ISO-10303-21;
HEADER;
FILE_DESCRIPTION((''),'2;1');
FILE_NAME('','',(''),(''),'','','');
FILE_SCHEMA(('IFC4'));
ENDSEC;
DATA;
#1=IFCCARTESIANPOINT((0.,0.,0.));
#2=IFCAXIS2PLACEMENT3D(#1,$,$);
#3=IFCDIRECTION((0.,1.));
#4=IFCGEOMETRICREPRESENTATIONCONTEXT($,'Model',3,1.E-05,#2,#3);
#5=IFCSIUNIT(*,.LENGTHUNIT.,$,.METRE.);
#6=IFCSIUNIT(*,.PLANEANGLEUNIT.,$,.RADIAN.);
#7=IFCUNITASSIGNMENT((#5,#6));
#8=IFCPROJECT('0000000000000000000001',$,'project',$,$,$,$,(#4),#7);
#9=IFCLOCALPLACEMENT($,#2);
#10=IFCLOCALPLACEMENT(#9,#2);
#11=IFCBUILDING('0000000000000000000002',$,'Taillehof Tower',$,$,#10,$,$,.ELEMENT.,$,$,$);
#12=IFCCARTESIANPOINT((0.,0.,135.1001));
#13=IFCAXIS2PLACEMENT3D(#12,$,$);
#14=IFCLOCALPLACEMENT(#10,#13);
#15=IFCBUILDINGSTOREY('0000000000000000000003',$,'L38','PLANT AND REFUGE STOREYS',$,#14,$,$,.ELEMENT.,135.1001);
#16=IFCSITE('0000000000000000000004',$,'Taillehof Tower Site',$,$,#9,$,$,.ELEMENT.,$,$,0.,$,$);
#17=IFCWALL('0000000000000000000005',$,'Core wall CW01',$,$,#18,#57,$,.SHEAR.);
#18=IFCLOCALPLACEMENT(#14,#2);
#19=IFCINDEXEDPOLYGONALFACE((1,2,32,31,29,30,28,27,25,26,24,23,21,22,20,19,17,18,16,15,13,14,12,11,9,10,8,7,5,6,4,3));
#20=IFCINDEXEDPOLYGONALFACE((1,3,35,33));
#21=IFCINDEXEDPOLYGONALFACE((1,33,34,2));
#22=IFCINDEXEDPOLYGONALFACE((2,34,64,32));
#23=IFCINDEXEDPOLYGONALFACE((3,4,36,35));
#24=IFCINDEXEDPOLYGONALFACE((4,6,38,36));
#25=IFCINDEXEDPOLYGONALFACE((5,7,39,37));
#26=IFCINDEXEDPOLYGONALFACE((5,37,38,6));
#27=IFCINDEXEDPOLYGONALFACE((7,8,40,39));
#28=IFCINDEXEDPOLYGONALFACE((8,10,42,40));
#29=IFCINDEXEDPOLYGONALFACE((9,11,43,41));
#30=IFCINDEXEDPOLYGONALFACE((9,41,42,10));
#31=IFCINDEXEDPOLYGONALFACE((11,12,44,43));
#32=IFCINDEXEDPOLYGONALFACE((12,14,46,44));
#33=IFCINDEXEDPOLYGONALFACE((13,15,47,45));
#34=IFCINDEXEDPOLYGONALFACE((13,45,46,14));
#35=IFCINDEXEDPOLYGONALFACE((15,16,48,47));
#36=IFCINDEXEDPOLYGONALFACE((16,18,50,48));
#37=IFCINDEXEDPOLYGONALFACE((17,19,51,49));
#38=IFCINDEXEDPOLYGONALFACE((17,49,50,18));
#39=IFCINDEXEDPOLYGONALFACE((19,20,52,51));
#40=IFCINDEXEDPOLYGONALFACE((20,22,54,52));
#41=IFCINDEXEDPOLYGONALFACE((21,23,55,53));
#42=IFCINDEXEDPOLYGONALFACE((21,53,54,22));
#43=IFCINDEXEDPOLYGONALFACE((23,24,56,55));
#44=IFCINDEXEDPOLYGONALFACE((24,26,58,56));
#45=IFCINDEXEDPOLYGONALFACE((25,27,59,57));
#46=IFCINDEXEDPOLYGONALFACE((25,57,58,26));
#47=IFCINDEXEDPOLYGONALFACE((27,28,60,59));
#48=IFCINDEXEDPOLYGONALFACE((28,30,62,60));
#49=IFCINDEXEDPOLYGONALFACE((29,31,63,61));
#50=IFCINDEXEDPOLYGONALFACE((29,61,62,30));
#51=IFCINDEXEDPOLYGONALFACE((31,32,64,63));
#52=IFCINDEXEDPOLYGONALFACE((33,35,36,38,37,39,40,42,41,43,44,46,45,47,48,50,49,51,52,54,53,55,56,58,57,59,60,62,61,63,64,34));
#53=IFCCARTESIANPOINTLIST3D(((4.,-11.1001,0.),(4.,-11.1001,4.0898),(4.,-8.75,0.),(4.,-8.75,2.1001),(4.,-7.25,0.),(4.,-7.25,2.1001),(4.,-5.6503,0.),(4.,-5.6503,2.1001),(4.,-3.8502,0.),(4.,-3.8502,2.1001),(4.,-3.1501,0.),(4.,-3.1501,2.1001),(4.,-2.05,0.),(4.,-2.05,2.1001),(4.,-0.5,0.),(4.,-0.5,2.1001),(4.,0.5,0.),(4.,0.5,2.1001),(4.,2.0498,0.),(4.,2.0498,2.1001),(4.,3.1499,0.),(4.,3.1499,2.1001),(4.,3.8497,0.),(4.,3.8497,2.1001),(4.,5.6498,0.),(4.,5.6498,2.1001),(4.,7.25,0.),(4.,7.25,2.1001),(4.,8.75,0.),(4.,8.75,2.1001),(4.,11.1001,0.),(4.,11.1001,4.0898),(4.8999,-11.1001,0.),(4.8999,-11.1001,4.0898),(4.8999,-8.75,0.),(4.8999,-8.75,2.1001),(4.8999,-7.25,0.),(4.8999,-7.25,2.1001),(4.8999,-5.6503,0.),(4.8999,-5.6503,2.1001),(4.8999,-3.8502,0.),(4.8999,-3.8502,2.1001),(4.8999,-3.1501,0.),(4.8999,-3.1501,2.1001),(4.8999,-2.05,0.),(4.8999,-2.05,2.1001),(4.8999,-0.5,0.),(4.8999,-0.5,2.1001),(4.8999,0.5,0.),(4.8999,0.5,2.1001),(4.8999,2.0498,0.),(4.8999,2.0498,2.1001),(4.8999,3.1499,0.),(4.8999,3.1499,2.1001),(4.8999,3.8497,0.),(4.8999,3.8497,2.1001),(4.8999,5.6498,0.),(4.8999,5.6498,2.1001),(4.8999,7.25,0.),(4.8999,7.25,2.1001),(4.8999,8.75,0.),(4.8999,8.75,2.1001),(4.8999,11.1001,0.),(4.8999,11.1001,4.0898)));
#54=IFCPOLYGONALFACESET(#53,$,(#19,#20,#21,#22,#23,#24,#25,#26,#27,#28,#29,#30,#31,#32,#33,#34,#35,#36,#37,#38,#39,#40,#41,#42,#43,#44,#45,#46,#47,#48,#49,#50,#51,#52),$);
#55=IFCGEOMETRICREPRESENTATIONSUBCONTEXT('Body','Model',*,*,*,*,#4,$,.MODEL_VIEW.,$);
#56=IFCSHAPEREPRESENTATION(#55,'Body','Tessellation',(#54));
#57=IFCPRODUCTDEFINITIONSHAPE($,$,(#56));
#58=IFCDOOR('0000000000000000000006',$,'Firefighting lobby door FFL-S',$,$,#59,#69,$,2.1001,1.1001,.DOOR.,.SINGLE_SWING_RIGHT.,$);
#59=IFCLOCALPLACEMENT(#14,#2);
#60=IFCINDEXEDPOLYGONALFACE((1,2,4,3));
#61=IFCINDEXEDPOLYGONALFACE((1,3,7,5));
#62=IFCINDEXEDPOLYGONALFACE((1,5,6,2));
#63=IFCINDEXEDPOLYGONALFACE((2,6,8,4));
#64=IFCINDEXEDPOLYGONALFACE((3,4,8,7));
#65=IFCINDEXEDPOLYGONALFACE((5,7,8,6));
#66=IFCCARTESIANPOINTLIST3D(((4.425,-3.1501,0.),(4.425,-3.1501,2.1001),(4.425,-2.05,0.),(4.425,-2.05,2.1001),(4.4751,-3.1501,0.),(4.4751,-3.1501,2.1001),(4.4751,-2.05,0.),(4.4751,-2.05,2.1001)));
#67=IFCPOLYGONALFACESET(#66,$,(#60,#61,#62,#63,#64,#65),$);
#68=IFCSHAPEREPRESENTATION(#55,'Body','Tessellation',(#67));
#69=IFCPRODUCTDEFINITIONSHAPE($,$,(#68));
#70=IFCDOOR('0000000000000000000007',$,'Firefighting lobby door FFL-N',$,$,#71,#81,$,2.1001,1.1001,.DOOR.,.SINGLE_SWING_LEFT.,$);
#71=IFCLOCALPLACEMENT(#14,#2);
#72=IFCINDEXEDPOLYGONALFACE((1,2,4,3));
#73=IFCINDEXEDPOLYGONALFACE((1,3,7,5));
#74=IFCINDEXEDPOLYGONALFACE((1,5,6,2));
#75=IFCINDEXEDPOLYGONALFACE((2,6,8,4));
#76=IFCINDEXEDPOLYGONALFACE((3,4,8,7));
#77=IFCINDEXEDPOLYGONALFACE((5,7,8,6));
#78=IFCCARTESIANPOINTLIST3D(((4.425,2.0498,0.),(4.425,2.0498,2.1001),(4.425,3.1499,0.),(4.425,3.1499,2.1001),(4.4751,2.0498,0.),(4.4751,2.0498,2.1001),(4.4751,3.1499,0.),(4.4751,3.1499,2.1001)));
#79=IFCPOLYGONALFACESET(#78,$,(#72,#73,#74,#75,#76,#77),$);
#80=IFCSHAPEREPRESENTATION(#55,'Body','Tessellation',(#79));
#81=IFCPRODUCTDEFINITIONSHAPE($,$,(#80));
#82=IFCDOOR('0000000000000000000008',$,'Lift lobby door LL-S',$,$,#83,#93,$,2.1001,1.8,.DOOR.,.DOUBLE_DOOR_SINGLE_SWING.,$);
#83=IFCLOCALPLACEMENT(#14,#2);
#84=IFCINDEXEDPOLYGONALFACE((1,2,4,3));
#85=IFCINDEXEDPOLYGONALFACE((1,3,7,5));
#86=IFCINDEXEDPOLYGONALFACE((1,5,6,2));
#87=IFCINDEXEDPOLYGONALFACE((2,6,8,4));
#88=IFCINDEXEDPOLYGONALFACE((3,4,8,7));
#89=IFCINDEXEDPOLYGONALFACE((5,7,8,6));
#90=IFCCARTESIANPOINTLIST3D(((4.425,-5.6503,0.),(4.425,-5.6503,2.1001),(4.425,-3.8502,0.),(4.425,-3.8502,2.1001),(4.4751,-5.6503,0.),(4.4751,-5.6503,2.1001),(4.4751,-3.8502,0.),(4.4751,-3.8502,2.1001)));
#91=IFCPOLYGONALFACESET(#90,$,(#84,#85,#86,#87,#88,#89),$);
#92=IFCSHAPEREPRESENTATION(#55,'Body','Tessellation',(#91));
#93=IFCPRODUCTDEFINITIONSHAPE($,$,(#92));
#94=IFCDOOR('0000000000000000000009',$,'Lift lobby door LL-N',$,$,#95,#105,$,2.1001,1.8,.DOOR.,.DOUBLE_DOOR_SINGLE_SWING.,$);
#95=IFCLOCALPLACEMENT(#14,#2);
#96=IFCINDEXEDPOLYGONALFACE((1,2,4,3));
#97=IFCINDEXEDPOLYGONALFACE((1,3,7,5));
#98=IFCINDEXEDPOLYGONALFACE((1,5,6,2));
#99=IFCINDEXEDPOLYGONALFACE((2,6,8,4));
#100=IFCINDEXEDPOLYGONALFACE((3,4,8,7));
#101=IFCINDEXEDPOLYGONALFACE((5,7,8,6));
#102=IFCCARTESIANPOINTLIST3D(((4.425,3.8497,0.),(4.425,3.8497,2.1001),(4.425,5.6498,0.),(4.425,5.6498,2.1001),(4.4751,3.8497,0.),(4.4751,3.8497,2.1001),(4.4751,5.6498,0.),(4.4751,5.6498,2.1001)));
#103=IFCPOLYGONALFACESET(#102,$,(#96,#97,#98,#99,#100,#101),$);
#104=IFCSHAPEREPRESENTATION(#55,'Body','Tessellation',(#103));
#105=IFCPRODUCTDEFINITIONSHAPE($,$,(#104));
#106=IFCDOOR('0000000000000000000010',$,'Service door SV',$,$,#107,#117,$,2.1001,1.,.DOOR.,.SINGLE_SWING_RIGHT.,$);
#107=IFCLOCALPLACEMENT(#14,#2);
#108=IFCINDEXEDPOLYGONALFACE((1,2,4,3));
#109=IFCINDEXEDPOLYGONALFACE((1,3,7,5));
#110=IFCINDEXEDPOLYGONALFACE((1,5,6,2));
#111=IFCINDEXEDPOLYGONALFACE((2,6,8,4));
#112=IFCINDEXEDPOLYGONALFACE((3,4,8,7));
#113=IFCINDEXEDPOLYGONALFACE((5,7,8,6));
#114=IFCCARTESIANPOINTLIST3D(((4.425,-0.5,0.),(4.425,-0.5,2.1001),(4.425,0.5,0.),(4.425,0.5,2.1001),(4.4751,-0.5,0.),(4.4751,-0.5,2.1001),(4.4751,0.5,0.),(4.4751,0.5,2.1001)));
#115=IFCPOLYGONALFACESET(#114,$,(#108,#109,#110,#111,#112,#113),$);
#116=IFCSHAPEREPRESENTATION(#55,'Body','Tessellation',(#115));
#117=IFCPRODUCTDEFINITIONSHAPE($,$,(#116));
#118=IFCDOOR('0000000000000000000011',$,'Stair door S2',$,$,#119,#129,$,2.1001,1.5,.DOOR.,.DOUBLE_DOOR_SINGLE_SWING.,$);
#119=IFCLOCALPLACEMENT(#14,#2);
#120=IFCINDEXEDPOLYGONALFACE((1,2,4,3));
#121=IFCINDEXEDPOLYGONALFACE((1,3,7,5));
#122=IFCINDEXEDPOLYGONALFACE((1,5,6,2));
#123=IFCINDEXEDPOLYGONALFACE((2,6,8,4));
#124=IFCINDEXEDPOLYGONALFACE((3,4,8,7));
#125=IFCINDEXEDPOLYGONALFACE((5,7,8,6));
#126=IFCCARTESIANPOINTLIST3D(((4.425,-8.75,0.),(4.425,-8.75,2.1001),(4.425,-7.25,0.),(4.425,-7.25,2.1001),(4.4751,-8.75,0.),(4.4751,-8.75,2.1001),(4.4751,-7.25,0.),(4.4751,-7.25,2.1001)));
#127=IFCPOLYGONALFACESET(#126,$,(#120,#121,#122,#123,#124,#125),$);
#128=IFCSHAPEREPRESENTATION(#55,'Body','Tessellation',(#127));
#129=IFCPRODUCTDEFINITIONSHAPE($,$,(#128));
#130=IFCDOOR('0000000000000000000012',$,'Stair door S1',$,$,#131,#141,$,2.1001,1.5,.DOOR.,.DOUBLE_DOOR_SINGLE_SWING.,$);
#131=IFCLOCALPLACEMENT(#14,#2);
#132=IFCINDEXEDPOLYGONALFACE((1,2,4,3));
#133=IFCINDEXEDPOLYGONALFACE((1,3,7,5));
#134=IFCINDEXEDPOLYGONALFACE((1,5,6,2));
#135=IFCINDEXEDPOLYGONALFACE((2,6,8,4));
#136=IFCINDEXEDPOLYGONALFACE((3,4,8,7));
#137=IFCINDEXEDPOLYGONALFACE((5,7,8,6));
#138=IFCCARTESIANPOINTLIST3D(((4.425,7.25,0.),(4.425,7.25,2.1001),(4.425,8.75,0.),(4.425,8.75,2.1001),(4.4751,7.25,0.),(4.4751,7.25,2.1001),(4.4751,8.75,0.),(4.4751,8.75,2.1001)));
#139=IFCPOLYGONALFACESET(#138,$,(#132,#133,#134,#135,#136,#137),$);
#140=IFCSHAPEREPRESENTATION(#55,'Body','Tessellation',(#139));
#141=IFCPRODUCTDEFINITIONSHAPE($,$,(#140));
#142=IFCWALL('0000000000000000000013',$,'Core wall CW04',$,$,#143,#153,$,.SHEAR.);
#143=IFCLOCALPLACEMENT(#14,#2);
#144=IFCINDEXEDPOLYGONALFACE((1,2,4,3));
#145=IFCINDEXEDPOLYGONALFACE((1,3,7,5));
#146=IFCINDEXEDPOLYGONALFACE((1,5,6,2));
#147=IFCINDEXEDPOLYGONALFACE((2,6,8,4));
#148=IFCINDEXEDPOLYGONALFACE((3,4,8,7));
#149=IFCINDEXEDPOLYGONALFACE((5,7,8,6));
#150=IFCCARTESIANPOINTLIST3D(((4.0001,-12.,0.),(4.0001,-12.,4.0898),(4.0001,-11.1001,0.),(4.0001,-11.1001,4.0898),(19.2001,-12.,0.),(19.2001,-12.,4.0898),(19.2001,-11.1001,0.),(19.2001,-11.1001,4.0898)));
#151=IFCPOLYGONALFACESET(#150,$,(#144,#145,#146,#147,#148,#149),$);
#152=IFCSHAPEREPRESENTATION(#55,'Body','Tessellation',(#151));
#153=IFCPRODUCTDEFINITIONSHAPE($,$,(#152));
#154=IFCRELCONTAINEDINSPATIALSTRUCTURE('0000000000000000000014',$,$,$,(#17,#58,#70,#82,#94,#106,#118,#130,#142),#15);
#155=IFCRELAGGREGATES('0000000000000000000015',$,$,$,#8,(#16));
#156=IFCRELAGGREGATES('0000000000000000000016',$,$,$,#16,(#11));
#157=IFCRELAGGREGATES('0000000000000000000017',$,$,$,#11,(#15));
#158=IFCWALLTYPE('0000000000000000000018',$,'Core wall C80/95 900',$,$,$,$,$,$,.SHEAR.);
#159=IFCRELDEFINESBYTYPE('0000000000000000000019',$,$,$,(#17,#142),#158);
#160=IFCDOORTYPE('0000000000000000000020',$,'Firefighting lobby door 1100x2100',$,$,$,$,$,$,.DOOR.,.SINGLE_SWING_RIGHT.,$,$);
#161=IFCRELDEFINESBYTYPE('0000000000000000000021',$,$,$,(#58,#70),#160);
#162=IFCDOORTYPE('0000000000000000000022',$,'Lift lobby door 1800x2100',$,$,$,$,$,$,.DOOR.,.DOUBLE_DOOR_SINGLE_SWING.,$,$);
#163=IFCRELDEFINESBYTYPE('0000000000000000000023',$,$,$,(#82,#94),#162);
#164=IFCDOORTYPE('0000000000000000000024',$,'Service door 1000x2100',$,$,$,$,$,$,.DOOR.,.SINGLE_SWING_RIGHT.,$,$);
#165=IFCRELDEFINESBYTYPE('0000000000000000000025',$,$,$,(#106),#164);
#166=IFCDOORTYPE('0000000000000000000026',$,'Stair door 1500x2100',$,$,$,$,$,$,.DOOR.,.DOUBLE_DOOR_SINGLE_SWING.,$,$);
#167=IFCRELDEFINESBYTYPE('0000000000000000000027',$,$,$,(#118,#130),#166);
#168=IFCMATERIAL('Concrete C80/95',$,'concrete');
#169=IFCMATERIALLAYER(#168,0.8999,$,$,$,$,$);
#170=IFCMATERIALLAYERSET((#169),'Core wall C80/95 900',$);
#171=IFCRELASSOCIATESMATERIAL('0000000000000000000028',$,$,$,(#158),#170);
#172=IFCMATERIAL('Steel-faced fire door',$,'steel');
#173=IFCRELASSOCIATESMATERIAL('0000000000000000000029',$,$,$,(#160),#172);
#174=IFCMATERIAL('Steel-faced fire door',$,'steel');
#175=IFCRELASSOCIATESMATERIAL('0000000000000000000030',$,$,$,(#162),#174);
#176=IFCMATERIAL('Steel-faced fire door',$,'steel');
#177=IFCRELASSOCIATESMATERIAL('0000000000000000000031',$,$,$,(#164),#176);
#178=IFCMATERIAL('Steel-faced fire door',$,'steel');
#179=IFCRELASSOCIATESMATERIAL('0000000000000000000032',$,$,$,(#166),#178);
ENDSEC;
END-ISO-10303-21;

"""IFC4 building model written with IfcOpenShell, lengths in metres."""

from ifc_helpers import new_model, si_unit, direction, frame, frame_2d, origin, place, context, subcontext, project, spatial, rectangle, extrude, material, layer, layer_set, type_object, element, fill, save


model = new_model("IFC4")

# Units and contexts
model_context = context("Model", 3, precision=1e-05, world=origin(), true_north=direction((0.0, 1.0)))
body_context = subcontext(model_context, "Body", "Model", "MODEL_VIEW")
ifc_project = project(units=[si_unit("LENGTHUNIT", "METRE"), si_unit("PLANEANGLEUNIT", "RADIAN")], contexts=[model_context])

# Site, building, storey
site_placement = place(None, origin())
site = spatial("IfcSite", under=ifc_project, at=site_placement, Name="Taillehof Tower Site", CompositionType="ELEMENT", RefElevation=0.0)
building_placement = place(site_placement, origin())
building = spatial("IfcBuilding", under=site, at=building_placement, Name="Taillehof Tower", CompositionType="ELEMENT")
storey_placement = place(building_placement, frame((0.0, 0.0, 135.1001)))
storey = spatial("IfcBuildingStorey", under=building, at=storey_placement, Name="L38", Description="PLANT AND REFUGE STOREYS", CompositionType="ELEMENT", Elevation=135.1001)

# Wall, openings, doors
ifc_material_1 = material(Name="Concrete C80/95", Category="concrete")
ifc_layer_1 = layer(ifc_material_1, 0.8999)
ifc_layer_set_1 = layer_set([ifc_layer_1], Name="Core wall C80/95 900")
wall_type_1 = type_object("IfcWallType", Name="Core wall C80/95 900", PredefinedType="SHEAR", material=ifc_layer_set_1)
wall_1_placement = place(storey_placement, frame((4.45, -11.1001, 0.0), z_axis=(0.0, 0.0, 1.0), x_axis=(0.0, 1.0, 0.0)))
wall_1 = element("IfcWall", 1, at=wall_1_placement, inside=storey, type_object=wall_type_1, Name="Core wall CW01", PredefinedType="SHEAR", context=body_context, shape_type="SweptSolid", body=[
    extrude(rectangle(XDim=22.2002, YDim=0.8999, at=frame_2d((11.1001, 0.0))), origin(), (0.0, 0.0, 1.0), 4.0898),
])
opening_1_placement = place(wall_1_placement, frame((2.3501, 0.0, 0.0)))
opening_1 = element("IfcOpeningElement", 2, at=opening_1_placement, cuts=wall_1, PredefinedType="OPENING", context=body_context, shape_type="SweptSolid", body=[
    extrude(rectangle(XDim=1.5, YDim=2.1001, at=frame_2d((0.75, 1.05))), frame((0.0, 0.46, 0.0), z_axis=(0.0, -1.0, 0.0), x_axis=(1.0, 0.0, 0.0)), (0.0, 0.0, 1.0), 0.9199),
])
opening_2_placement = place(wall_1_placement, frame((5.45, 0.0, 0.0)))
opening_2 = element("IfcOpeningElement", 3, at=opening_2_placement, cuts=wall_1, PredefinedType="OPENING", context=body_context, shape_type="SweptSolid", body=[
    extrude(rectangle(XDim=1.8, YDim=2.1001, at=frame_2d((0.8999, 1.05))), frame((0.0, 0.46, 0.0), z_axis=(0.0, -1.0, 0.0), x_axis=(1.0, 0.0, 0.0)), (0.0, 0.0, 1.0), 0.9199),
])
opening_3_placement = place(wall_1_placement, frame((7.95, 0.0, 0.0)))
opening_3 = element("IfcOpeningElement", 4, at=opening_3_placement, cuts=wall_1, PredefinedType="OPENING", context=body_context, shape_type="SweptSolid", body=[
    extrude(rectangle(XDim=1.1001, YDim=2.1001, at=frame_2d((0.55, 1.05))), frame((0.0, 0.46, 0.0), z_axis=(0.0, -1.0, 0.0), x_axis=(1.0, 0.0, 0.0)), (0.0, 0.0, 1.0), 0.9199),
])
opening_4_placement = place(wall_1_placement, frame((10.6001, 0.0, 0.0)))
opening_4 = element("IfcOpeningElement", 5, at=opening_4_placement, cuts=wall_1, PredefinedType="OPENING", context=body_context, shape_type="SweptSolid", body=[
    extrude(rectangle(XDim=1.0, YDim=2.1001, at=frame_2d((0.5, 1.05))), frame((0.0, 0.46, 0.0), z_axis=(0.0, -1.0, 0.0), x_axis=(1.0, 0.0, 0.0)), (0.0, 0.0, 1.0), 0.9199),
])
opening_5_placement = place(wall_1_placement, frame((13.1499, 0.0, 0.0)))
opening_5 = element("IfcOpeningElement", 6, at=opening_5_placement, cuts=wall_1, PredefinedType="OPENING", context=body_context, shape_type="SweptSolid", body=[
    extrude(rectangle(XDim=1.1001, YDim=2.1001, at=frame_2d((0.55, 1.05))), frame((0.0, 0.46, 0.0), z_axis=(0.0, -1.0, 0.0), x_axis=(1.0, 0.0, 0.0)), (0.0, 0.0, 1.0), 0.9199),
])
opening_6_placement = place(wall_1_placement, frame((14.95, 0.0, 0.0)))
opening_6 = element("IfcOpeningElement", 7, at=opening_6_placement, cuts=wall_1, PredefinedType="OPENING", context=body_context, shape_type="SweptSolid", body=[
    extrude(rectangle(XDim=1.8, YDim=2.1001, at=frame_2d((0.8999, 1.05))), frame((0.0, 0.46, 0.0), z_axis=(0.0, -1.0, 0.0), x_axis=(1.0, 0.0, 0.0)), (0.0, 0.0, 1.0), 0.9199),
])
opening_7_placement = place(wall_1_placement, frame((18.3501, 0.0, 0.0)))
opening_7 = element("IfcOpeningElement", 8, at=opening_7_placement, cuts=wall_1, PredefinedType="OPENING", context=body_context, shape_type="SweptSolid", body=[
    extrude(rectangle(XDim=1.5, YDim=2.1001, at=frame_2d((0.75, 1.05))), frame((0.0, 0.46, 0.0), z_axis=(0.0, -1.0, 0.0), x_axis=(1.0, 0.0, 0.0)), (0.0, 0.0, 1.0), 0.9199),
])
ifc_material_2 = material(Name="Steel-faced fire door", Category="steel")
door_type_1 = type_object("IfcDoorType", Name="Firefighting lobby door 1100x2100", OperationType="SINGLE_SWING_RIGHT", PredefinedType="DOOR", material=ifc_material_2)
door_1_placement = place(opening_3_placement, origin())
door_1 = element("IfcDoor", 9, at=door_1_placement, inside=storey, type_object=door_type_1, Name="Firefighting lobby door FFL-S", OperationType="SINGLE_SWING_RIGHT", OverallHeight=2.1001, OverallWidth=1.1001, PredefinedType="DOOR", context=body_context, shape_type="SweptSolid", body=[
    extrude(rectangle(XDim=1.1001, YDim=2.1001, at=frame_2d((0.55, 1.05))), frame((0.0, 0.0249, 0.0), z_axis=(0.0, -1.0, 0.0), x_axis=(1.0, 0.0, 0.0)), (0.0, 0.0, 1.0), 0.05),
])
fill(opening_3, door_1)
door_2_placement = place(opening_5_placement, origin())
door_2 = element("IfcDoor", 10, at=door_2_placement, inside=storey, type_object=door_type_1, Name="Firefighting lobby door FFL-N", OperationType="SINGLE_SWING_LEFT", OverallHeight=2.1001, OverallWidth=1.1001, PredefinedType="DOOR", context=body_context, shape_type="SweptSolid", body=[
    extrude(rectangle(XDim=1.1001, YDim=2.1001, at=frame_2d((0.55, 1.05))), frame((0.0, 0.0249, 0.0), z_axis=(0.0, -1.0, 0.0), x_axis=(1.0, 0.0, 0.0)), (0.0, 0.0, 1.0), 0.05),
])
fill(opening_5, door_2)
ifc_material_3 = material(Name="Steel-faced fire door", Category="steel")
door_type_2 = type_object("IfcDoorType", Name="Lift lobby door 1800x2100", OperationType="DOUBLE_DOOR_SINGLE_SWING", PredefinedType="DOOR", material=ifc_material_3)
door_3_placement = place(opening_2_placement, origin())
door_3 = element("IfcDoor", 11, at=door_3_placement, inside=storey, type_object=door_type_2, Name="Lift lobby door LL-S", OperationType="DOUBLE_DOOR_SINGLE_SWING", OverallHeight=2.1001, OverallWidth=1.8, PredefinedType="DOOR", context=body_context, shape_type="SweptSolid", body=[
    extrude(rectangle(XDim=1.8, YDim=2.1001, at=frame_2d((0.8999, 1.05))), frame((0.0, 0.0249, 0.0), z_axis=(0.0, -1.0, 0.0), x_axis=(1.0, 0.0, 0.0)), (0.0, 0.0, 1.0), 0.05),
])
fill(opening_2, door_3)
door_4_placement = place(opening_6_placement, origin())
door_4 = element("IfcDoor", 12, at=door_4_placement, inside=storey, type_object=door_type_2, Name="Lift lobby door LL-N", OperationType="DOUBLE_DOOR_SINGLE_SWING", OverallHeight=2.1001, OverallWidth=1.8, PredefinedType="DOOR", context=body_context, shape_type="SweptSolid", body=[
    extrude(rectangle(XDim=1.8, YDim=2.1001, at=frame_2d((0.8999, 1.05))), frame((0.0, 0.0249, 0.0), z_axis=(0.0, -1.0, 0.0), x_axis=(1.0, 0.0, 0.0)), (0.0, 0.0, 1.0), 0.05),
])
fill(opening_6, door_4)
ifc_material_4 = material(Name="Steel-faced fire door", Category="steel")
door_type_3 = type_object("IfcDoorType", Name="Service door 1000x2100", OperationType="SINGLE_SWING_RIGHT", PredefinedType="DOOR", material=ifc_material_4)
door_5_placement = place(opening_4_placement, origin())
door_5 = element("IfcDoor", 13, at=door_5_placement, inside=storey, type_object=door_type_3, Name="Service door SV", OperationType="SINGLE_SWING_RIGHT", OverallHeight=2.1001, OverallWidth=1.0, PredefinedType="DOOR", context=body_context, shape_type="SweptSolid", body=[
    extrude(rectangle(XDim=1.0, YDim=2.1001, at=frame_2d((0.5, 1.05))), frame((0.0, 0.0249, 0.0), z_axis=(0.0, -1.0, 0.0), x_axis=(1.0, 0.0, 0.0)), (0.0, 0.0, 1.0), 0.05),
])
fill(opening_4, door_5)
ifc_material_5 = material(Name="Steel-faced fire door", Category="steel")
door_type_4 = type_object("IfcDoorType", Name="Stair door 1500x2100", OperationType="DOUBLE_DOOR_SINGLE_SWING", PredefinedType="DOOR", material=ifc_material_5)
door_6_placement = place(opening_1_placement, origin())
door_6 = element("IfcDoor", 14, at=door_6_placement, inside=storey, type_object=door_type_4, Name="Stair door S2", OperationType="DOUBLE_DOOR_SINGLE_SWING", OverallHeight=2.1001, OverallWidth=1.5, PredefinedType="DOOR", context=body_context, shape_type="SweptSolid", body=[
    extrude(rectangle(XDim=1.5, YDim=2.1001, at=frame_2d((0.75, 1.05))), frame((0.0, 0.0249, 0.0), z_axis=(0.0, -1.0, 0.0), x_axis=(1.0, 0.0, 0.0)), (0.0, 0.0, 1.0), 0.05),
])
fill(opening_1, door_6)
door_7_placement = place(opening_7_placement, origin())
door_7 = element("IfcDoor", 15, at=door_7_placement, inside=storey, type_object=door_type_4, Name="Stair door S1", OperationType="DOUBLE_DOOR_SINGLE_SWING", OverallHeight=2.1001, OverallWidth=1.5, PredefinedType="DOOR", context=body_context, shape_type="SweptSolid", body=[
    extrude(rectangle(XDim=1.5, YDim=2.1001, at=frame_2d((0.75, 1.05))), frame((0.0, 0.0249, 0.0), z_axis=(0.0, -1.0, 0.0), x_axis=(1.0, 0.0, 0.0)), (0.0, 0.0, 1.0), 0.05),
])
fill(opening_7, door_7)

# Wall
wall_2_placement = place(storey_placement, frame((4.0, -11.55, 0.0), z_axis=(0.0, 0.0, 1.0), x_axis=(1.0, 0.0, 0.0)))
element("IfcWall", 16, at=wall_2_placement, inside=storey, type_object=wall_type_1, Name="Core wall CW04", PredefinedType="SHEAR", context=body_context, shape_type="SweptSolid", body=[
    extrude(rectangle(XDim=15.2, YDim=0.8999, at=frame_2d((7.6001, 0.0))), origin(), (0.0, 0.0, 1.0), 4.0898),
])

save(model, "model.ifc")
